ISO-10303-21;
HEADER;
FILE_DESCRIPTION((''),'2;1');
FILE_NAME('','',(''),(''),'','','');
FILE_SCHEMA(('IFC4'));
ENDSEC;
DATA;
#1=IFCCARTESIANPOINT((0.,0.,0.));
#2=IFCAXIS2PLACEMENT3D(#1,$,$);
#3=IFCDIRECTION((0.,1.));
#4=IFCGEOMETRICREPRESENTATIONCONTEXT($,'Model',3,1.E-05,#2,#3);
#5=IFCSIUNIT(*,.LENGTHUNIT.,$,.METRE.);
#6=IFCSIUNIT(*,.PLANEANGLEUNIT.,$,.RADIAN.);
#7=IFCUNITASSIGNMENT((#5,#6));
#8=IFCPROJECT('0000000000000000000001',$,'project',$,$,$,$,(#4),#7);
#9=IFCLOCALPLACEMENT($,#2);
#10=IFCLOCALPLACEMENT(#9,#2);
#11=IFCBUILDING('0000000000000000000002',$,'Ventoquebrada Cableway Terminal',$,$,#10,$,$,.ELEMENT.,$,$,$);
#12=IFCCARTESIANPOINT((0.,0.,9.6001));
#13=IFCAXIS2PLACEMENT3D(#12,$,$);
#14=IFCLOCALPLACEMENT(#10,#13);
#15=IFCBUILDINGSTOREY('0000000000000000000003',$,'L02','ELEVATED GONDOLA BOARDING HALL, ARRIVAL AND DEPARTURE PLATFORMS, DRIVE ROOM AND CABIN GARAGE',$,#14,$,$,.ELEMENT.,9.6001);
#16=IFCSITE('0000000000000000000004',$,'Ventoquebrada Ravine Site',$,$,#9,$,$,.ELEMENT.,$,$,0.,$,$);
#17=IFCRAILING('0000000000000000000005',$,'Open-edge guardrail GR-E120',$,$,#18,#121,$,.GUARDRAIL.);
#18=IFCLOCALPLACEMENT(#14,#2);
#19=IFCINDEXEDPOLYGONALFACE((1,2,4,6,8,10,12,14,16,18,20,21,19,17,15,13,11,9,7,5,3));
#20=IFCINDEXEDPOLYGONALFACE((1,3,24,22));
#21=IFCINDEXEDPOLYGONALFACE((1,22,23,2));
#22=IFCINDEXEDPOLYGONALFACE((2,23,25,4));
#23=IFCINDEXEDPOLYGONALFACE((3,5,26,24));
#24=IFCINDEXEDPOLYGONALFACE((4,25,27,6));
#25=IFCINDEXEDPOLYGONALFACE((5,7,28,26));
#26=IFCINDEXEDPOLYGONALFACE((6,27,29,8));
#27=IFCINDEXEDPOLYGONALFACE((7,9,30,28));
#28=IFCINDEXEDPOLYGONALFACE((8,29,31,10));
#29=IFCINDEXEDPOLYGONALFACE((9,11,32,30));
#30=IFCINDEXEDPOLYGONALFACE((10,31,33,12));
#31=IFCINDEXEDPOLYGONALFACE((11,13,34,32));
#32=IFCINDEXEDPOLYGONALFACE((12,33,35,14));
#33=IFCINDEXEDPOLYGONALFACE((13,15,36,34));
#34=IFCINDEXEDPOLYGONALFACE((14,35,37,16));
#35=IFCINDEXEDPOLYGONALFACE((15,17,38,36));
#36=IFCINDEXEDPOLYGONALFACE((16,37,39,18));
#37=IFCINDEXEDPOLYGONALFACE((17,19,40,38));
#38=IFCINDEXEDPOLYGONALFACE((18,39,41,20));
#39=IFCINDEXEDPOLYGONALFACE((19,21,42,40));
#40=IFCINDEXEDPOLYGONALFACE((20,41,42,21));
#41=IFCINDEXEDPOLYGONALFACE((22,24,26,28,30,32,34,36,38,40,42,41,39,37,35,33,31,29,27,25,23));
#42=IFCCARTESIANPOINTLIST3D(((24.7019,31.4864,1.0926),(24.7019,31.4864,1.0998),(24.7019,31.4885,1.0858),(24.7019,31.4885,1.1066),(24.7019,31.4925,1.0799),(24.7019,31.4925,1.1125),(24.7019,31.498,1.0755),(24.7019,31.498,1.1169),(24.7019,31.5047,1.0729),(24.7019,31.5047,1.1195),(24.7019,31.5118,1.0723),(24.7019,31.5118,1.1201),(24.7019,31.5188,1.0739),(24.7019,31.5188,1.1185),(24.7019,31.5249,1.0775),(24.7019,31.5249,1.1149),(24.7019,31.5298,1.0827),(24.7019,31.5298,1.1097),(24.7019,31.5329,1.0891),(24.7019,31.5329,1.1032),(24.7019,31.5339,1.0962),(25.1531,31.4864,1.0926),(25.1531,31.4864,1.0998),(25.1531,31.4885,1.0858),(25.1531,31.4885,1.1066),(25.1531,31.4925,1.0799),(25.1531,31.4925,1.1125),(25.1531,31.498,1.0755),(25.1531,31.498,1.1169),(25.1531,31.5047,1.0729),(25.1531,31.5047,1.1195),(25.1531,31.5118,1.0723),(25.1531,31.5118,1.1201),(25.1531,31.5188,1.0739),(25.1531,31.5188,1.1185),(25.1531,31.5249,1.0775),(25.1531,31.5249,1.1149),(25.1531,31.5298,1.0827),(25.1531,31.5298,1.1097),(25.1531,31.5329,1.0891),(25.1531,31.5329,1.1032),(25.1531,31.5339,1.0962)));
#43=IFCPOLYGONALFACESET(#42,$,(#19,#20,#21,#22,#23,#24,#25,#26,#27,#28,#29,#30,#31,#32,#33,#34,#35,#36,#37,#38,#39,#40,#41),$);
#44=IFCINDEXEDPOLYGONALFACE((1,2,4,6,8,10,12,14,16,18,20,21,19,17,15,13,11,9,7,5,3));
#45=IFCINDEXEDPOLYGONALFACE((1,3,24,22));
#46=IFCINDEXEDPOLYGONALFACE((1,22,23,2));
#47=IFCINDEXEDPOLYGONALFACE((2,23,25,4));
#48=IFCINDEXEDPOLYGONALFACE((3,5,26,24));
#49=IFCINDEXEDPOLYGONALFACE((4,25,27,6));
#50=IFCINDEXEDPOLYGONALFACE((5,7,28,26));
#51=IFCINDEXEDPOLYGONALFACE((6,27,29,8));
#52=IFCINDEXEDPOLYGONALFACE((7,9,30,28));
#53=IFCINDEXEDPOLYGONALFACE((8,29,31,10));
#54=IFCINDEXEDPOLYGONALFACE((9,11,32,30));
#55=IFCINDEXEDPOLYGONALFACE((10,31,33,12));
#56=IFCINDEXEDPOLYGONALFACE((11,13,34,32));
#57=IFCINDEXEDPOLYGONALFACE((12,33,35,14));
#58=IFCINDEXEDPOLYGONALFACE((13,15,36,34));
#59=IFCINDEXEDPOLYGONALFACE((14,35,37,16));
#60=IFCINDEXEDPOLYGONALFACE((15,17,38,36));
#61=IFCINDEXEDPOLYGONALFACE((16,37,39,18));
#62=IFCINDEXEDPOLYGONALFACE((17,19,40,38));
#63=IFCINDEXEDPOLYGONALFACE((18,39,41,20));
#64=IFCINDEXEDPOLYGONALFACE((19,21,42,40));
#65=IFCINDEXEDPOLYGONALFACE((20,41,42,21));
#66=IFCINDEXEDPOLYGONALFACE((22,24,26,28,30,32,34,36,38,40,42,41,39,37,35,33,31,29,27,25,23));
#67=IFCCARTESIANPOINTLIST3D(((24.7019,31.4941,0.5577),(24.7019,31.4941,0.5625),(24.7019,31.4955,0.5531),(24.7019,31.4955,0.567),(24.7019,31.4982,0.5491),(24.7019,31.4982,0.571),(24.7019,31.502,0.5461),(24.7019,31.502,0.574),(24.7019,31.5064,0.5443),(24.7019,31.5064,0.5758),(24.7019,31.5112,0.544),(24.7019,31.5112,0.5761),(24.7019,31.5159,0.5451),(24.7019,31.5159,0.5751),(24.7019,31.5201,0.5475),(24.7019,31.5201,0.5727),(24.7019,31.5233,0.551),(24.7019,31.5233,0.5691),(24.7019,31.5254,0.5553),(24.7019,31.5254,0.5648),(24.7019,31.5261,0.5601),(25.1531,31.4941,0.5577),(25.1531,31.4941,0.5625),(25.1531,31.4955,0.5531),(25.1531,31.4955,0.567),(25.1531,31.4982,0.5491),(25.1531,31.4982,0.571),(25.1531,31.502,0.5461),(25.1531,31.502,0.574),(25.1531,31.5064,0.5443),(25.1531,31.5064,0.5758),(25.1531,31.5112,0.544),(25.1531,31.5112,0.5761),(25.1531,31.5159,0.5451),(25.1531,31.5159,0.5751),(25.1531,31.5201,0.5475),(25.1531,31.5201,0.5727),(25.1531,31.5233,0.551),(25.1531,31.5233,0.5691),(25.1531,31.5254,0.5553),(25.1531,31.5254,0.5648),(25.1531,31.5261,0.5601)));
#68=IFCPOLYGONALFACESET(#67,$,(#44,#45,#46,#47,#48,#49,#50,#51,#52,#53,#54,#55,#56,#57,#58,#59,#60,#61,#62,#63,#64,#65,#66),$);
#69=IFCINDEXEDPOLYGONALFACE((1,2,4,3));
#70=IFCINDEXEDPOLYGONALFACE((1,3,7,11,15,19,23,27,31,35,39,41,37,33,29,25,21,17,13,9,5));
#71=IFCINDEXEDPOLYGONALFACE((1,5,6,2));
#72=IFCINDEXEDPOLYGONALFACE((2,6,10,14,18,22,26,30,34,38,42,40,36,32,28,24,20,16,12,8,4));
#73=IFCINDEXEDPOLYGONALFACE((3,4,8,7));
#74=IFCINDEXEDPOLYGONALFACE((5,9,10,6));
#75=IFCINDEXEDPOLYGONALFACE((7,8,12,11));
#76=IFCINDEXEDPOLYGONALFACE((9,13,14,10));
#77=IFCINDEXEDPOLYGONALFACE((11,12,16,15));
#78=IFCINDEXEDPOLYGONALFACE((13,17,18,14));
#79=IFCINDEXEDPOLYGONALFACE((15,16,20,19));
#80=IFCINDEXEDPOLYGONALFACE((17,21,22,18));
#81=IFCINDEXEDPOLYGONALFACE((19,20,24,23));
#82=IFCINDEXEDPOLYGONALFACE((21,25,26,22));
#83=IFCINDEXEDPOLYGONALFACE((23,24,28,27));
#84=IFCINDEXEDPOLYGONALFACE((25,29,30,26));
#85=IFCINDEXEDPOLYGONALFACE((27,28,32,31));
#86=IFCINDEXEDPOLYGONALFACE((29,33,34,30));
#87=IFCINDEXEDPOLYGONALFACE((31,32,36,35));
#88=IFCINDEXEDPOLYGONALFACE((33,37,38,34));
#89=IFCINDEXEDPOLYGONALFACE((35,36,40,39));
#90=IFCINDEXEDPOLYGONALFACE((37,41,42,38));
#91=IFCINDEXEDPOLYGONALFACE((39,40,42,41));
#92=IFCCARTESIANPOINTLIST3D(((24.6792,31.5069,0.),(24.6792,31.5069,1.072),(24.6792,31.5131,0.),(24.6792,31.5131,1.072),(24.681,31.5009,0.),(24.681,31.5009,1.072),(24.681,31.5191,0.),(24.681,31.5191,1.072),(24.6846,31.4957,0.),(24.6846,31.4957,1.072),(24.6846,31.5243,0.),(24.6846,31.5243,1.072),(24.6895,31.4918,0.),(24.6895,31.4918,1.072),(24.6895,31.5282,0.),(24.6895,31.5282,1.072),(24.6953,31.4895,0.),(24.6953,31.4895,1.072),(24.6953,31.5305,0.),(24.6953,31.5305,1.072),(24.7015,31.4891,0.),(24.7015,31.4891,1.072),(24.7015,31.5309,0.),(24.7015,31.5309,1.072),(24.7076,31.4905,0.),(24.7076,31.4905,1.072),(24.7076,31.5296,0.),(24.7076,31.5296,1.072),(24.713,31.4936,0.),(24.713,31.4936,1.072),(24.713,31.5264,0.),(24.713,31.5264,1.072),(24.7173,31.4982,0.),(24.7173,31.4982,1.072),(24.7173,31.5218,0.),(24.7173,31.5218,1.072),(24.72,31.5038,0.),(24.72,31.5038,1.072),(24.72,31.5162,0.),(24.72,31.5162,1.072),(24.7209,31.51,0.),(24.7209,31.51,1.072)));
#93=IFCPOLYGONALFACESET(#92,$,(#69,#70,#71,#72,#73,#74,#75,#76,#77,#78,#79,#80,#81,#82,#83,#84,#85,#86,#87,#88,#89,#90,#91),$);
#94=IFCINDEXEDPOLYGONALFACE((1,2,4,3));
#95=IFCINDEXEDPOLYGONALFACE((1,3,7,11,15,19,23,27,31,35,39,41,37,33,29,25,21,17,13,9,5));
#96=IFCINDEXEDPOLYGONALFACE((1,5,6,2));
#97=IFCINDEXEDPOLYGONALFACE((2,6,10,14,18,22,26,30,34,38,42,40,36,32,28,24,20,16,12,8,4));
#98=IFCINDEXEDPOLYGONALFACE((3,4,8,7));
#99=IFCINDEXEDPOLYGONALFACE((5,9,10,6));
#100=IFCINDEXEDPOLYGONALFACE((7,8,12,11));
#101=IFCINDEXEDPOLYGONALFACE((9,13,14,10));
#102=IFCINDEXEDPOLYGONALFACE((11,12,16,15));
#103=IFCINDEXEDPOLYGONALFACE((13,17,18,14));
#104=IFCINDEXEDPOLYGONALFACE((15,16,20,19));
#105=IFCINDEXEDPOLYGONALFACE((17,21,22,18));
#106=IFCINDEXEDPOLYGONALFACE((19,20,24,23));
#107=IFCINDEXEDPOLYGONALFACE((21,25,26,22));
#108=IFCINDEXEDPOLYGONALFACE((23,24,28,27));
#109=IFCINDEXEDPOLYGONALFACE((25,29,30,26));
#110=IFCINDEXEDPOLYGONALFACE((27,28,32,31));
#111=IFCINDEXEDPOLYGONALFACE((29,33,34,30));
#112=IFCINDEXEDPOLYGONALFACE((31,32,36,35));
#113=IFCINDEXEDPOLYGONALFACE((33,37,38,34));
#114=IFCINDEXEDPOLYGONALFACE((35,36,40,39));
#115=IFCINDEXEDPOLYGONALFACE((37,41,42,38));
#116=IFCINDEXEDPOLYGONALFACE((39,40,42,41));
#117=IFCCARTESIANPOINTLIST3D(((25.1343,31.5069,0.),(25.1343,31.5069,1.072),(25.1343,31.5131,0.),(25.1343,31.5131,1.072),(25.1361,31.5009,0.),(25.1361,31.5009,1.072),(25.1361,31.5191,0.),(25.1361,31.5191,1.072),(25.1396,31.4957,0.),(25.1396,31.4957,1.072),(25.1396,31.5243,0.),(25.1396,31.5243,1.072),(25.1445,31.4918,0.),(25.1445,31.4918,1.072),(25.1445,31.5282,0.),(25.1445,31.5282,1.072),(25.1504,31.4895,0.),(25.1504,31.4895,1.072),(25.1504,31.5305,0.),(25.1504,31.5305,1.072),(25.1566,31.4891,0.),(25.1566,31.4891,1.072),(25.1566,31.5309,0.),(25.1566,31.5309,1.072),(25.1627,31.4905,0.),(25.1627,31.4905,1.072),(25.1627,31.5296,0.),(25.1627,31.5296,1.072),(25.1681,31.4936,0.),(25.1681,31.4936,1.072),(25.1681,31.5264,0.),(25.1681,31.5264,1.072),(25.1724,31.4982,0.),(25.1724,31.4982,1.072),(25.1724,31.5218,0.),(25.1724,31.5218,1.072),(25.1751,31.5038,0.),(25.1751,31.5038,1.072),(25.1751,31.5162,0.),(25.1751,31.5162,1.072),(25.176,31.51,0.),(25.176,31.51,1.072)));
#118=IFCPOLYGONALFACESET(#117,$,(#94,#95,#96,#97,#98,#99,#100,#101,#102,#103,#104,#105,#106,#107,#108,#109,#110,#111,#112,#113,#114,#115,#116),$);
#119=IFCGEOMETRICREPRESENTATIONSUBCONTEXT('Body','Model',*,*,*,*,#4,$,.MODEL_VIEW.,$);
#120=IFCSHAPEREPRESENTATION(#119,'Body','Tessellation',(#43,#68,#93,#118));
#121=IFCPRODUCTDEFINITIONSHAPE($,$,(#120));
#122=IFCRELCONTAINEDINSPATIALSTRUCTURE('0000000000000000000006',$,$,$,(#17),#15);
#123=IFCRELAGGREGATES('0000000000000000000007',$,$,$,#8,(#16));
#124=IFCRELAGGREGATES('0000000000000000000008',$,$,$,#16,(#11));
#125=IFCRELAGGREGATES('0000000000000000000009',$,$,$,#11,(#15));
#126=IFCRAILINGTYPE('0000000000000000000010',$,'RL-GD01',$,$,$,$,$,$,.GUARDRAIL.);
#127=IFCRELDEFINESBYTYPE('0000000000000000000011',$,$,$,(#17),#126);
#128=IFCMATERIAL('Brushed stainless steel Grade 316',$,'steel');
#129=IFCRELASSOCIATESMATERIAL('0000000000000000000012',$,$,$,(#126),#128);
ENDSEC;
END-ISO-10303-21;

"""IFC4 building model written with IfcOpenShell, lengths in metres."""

from ifc_helpers import new_model, si_unit, direction, frame, origin, origin_2d, place, context, subcontext, project, spatial, circle, extrude, material, type_object, element, save


model = new_model("IFC4")

# Units and contexts
model_context = context("Model", 3, precision=1e-05, world=origin(), true_north=direction((0.0, 1.0)))
body_context = subcontext(model_context, "Body", "Model", "MODEL_VIEW")
ifc_project = project(units=[si_unit("LENGTHUNIT", "METRE"), si_unit("PLANEANGLEUNIT", "RADIAN")], contexts=[model_context])

# Site, building, storey
site_placement = place(None, origin())
site = spatial("IfcSite", under=ifc_project, at=site_placement, Name="Ventoquebrada Ravine Site", CompositionType="ELEMENT", RefElevation=0.0)
building_placement = place(site_placement, origin())
building = spatial("IfcBuilding", under=site, at=building_placement, Name="Ventoquebrada Cableway Terminal", CompositionType="ELEMENT")
storey_placement = place(building_placement, frame((0.0, 0.0, 9.6001)))
storey = spatial("IfcBuildingStorey", under=building, at=storey_placement, Name="L02", Description="ELEVATED GONDOLA BOARDING HALL, ARRIVAL AND DEPARTURE PLATFORMS, DRIVE ROOM AND CABIN GARAGE", CompositionType="ELEMENT", Elevation=9.6001)

# Railing
ifc_material_1 = material(Name="Brushed stainless steel Grade 316", Category="steel")
railing_type_1 = type_object("IfcRailingType", Name="RL-GD01", PredefinedType="GUARDRAIL", material=ifc_material_1)
railing_1_placement = place(storey_placement, frame((24.7, 31.51, 0.0)))
element("IfcRailing", 1, at=railing_1_placement, inside=storey, type_object=railing_type_1, Name="Open-edge guardrail GR-E120", PredefinedType="GUARDRAIL", context=body_context, shape_type="SweptSolid", body=[
    extrude(circle(Radius=0.0239, at=origin_2d()), frame((0.002, 0.0, 1.0962), z_axis=(1.0, 0.0, 0.0), x_axis=(0.0, 1.0, 0.0)), (0.0, 0.0, 1.0), 0.4512),
    extrude(circle(Radius=0.0161, at=origin_2d()), frame((0.002, 0.0, 0.5601), z_axis=(1.0, 0.0, 0.0), x_axis=(0.0, 1.0, 0.0)), (0.0, 0.0, 1.0), 0.4512),
    extrude(circle(Radius=0.021, at=origin_2d()), origin(), (0.0, 0.0, 1.0), 1.072),
    extrude(circle(Radius=0.021, at=origin_2d()), frame((0.4551, 0.0, 0.0)), (0.0, 0.0, 1.0), 1.072),
])

save(model, "model.ifc")
